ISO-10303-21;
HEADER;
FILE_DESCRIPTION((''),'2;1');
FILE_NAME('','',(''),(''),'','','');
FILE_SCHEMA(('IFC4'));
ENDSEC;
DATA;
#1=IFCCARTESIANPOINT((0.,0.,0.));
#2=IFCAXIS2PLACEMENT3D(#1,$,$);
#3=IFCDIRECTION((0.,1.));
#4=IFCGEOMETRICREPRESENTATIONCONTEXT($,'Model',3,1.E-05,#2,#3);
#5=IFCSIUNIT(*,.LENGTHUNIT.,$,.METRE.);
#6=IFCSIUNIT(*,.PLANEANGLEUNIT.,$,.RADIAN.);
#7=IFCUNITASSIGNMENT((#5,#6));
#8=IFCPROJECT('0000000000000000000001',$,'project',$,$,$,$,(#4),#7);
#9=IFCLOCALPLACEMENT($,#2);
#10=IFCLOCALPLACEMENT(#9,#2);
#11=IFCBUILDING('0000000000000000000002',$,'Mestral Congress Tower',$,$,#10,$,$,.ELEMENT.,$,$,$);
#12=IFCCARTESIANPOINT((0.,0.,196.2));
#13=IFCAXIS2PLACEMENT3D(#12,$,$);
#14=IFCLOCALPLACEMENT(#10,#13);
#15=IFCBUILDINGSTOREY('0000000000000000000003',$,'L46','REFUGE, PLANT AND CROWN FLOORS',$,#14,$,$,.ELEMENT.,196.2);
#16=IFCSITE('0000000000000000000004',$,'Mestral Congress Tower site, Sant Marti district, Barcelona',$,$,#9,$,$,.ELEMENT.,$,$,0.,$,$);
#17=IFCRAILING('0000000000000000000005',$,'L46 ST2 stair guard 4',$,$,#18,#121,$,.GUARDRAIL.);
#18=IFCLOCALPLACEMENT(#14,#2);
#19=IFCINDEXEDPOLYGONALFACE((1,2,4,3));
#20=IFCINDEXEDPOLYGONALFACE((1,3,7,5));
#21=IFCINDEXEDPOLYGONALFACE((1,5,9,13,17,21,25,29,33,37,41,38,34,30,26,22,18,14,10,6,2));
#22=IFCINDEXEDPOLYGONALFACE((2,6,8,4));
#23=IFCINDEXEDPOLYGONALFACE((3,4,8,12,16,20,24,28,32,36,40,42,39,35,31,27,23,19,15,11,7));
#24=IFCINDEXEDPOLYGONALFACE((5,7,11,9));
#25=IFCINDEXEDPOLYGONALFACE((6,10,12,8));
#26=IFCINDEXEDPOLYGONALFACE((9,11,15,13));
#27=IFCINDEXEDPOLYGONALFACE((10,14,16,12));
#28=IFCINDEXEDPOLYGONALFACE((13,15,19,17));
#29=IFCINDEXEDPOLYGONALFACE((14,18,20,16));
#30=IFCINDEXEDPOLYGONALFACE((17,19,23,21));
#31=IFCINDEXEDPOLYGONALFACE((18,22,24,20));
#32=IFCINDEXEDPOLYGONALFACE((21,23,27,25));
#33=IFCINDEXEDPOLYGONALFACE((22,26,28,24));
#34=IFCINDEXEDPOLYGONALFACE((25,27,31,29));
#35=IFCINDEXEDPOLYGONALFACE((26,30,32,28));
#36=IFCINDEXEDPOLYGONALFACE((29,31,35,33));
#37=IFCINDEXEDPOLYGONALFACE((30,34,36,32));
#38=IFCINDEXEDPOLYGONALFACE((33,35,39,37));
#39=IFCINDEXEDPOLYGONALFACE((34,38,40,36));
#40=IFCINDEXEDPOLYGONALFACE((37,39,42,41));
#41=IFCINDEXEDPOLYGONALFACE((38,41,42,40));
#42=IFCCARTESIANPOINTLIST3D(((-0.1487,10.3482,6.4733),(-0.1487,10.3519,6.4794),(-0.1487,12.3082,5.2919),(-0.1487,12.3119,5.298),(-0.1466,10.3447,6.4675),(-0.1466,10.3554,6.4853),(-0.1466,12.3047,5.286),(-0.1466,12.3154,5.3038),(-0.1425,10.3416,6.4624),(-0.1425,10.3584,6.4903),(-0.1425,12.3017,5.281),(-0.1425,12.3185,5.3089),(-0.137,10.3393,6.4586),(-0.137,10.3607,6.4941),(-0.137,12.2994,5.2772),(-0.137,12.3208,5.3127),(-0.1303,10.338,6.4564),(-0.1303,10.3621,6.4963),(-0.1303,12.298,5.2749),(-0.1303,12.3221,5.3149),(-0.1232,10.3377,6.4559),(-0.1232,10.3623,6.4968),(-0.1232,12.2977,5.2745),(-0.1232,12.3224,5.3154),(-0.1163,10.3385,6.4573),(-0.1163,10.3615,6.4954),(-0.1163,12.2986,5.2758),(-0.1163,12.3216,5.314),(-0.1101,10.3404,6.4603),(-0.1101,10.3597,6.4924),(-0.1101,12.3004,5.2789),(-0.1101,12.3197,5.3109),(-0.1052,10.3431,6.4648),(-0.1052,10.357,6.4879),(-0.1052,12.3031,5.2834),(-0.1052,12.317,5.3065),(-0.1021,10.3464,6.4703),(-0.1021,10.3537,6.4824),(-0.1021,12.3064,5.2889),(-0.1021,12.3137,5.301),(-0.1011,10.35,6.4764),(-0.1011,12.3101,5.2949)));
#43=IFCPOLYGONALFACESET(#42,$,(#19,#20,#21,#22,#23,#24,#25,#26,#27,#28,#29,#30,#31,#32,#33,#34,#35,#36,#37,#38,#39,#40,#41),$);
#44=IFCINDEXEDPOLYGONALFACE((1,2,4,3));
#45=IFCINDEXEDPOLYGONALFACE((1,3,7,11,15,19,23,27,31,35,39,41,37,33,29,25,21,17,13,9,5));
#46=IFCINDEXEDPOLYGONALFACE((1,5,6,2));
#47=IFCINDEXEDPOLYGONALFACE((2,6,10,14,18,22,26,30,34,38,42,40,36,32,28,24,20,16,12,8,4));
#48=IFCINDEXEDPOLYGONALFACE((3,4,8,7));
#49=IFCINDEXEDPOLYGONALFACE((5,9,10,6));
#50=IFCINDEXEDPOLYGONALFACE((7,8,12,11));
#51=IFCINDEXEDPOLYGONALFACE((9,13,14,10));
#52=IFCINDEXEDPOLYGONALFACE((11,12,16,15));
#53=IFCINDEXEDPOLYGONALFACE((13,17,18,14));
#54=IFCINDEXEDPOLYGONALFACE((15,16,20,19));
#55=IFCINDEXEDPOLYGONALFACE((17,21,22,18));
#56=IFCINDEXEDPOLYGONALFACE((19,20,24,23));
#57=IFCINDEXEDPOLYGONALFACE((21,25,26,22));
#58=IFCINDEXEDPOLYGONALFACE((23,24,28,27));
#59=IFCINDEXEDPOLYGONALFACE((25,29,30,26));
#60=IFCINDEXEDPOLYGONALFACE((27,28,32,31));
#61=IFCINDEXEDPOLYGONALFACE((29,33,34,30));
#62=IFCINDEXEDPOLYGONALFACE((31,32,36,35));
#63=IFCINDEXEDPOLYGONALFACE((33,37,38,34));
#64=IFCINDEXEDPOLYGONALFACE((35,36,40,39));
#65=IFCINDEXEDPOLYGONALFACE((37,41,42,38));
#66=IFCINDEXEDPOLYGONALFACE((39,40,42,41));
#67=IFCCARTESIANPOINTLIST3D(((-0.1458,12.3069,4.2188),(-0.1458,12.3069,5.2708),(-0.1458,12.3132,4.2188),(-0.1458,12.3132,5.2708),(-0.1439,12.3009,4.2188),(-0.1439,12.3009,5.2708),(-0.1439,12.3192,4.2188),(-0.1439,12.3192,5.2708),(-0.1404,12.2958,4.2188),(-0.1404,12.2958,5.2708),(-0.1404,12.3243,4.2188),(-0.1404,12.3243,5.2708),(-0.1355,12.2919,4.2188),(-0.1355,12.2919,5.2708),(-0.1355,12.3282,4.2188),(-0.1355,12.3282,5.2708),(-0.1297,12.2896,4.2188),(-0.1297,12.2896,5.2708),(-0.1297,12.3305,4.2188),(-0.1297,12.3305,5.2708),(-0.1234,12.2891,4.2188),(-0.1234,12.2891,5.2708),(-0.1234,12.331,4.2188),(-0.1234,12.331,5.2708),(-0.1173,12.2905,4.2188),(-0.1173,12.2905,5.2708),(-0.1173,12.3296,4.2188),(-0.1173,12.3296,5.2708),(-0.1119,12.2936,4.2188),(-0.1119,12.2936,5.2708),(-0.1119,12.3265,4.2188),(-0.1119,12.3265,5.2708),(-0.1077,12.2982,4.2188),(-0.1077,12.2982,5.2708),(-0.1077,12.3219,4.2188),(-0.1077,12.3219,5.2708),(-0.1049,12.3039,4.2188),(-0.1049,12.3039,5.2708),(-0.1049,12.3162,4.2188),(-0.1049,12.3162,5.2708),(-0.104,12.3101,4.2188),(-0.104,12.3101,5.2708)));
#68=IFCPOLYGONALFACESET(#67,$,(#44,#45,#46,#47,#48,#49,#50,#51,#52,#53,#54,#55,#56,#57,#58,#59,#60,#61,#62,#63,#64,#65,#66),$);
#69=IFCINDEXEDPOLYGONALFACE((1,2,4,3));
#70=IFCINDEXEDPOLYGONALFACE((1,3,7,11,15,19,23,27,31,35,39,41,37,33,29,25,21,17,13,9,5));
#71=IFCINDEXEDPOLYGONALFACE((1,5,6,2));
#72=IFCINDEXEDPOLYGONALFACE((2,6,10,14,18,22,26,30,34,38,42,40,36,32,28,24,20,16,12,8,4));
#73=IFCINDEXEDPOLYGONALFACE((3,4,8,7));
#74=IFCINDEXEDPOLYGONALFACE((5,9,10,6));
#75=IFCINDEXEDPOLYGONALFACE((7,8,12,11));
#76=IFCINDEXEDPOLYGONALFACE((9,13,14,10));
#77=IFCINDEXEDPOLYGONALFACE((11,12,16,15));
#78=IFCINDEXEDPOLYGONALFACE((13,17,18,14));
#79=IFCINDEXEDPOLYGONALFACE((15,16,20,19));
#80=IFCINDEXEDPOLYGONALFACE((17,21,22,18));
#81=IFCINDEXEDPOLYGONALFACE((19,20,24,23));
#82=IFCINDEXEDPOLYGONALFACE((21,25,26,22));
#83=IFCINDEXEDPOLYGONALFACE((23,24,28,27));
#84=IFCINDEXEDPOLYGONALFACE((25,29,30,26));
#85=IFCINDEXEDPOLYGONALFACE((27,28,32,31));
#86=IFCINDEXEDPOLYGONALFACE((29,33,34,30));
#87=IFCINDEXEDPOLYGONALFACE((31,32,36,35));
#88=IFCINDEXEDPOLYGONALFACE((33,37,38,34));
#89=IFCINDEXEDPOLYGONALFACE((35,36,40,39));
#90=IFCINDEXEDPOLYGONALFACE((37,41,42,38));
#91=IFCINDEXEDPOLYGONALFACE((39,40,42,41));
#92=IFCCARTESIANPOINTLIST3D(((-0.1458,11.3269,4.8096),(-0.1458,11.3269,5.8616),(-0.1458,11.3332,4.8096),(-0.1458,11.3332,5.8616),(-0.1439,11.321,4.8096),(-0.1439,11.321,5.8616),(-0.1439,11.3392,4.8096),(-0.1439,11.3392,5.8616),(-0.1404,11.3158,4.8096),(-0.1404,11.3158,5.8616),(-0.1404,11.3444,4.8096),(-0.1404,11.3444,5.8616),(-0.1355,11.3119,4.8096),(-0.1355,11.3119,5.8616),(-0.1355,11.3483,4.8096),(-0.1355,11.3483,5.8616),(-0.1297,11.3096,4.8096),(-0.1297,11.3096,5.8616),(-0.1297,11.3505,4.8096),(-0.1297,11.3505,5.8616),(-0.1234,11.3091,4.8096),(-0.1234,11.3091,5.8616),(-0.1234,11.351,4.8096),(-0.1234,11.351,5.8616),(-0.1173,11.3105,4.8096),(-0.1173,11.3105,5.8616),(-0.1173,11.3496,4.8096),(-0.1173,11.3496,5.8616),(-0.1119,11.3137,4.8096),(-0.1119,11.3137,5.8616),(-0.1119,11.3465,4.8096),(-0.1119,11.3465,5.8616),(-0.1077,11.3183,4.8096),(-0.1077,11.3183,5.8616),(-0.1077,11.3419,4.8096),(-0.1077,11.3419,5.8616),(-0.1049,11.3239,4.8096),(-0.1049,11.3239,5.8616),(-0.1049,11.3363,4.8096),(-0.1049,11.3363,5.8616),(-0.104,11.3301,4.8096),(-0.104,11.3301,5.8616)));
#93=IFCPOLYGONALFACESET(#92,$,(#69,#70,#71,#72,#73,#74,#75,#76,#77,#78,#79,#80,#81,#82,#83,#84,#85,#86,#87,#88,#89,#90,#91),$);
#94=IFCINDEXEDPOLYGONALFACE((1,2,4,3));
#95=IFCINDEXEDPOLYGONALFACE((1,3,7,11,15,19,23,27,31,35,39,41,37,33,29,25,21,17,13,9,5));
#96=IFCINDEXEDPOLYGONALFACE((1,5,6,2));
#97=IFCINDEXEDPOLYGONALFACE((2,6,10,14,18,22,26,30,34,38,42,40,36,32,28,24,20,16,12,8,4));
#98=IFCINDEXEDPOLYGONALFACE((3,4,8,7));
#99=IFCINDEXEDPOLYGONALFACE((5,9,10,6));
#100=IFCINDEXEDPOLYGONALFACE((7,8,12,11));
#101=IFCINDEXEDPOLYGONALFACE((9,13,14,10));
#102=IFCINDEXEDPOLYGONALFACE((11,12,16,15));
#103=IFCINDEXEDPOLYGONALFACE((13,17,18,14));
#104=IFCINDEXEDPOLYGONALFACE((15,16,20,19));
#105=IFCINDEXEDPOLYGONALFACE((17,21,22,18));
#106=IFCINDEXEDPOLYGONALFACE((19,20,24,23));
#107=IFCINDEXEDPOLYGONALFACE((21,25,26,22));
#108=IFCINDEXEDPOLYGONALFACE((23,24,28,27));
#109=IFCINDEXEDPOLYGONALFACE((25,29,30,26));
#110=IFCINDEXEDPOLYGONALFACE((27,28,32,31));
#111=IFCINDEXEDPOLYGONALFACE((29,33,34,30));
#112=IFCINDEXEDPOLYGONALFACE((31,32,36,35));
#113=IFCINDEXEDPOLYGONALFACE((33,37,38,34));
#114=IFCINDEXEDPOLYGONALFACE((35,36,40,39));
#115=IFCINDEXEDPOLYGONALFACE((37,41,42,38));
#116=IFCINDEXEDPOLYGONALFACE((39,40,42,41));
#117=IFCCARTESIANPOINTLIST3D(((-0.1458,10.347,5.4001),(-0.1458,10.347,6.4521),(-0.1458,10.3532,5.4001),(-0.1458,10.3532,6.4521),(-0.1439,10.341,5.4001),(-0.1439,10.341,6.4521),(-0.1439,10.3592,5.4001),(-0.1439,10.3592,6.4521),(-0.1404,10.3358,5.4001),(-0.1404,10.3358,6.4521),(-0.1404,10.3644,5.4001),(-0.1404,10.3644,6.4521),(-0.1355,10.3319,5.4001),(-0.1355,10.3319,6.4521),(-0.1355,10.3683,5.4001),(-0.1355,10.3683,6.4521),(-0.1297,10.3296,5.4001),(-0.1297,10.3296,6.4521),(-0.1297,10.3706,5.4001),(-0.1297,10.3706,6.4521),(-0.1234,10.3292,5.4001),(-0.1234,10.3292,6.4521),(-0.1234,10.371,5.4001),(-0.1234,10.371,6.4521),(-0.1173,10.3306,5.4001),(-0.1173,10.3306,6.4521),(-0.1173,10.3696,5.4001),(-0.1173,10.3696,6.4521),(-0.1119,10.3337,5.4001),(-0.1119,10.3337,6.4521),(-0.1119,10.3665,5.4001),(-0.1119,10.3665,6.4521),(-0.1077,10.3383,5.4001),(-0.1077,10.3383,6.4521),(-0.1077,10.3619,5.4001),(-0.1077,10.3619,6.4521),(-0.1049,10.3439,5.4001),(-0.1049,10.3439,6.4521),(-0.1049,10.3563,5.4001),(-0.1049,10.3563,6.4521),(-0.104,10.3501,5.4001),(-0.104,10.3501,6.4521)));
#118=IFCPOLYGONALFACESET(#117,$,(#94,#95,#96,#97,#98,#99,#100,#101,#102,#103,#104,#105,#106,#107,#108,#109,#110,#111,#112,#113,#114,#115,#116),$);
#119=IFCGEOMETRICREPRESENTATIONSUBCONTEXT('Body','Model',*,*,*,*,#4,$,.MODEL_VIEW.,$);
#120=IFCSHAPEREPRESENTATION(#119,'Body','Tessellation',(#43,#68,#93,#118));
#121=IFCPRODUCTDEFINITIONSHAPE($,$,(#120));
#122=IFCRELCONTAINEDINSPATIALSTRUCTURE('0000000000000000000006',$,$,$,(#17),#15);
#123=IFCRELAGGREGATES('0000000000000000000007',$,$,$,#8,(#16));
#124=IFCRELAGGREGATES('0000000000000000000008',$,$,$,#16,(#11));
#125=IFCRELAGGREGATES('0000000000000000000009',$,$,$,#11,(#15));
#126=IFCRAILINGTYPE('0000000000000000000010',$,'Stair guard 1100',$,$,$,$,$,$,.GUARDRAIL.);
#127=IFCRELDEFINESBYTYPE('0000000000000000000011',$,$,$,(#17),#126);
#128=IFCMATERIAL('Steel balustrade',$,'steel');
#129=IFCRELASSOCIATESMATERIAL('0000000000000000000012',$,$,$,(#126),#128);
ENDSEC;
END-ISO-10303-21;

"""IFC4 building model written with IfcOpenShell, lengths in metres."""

from ifc_helpers import new_model, si_unit, direction, frame, origin, origin_2d, place, context, subcontext, project, spatial, circle, extrude, material, type_object, element, save


model = new_model("IFC4")

# Units and contexts
model_context = context("Model", 3, precision=1e-05, world=origin(), true_north=direction((0.0, 1.0)))
body_context = subcontext(model_context, "Body", "Model", "MODEL_VIEW")
ifc_project = project(units=[si_unit("LENGTHUNIT", "METRE"), si_unit("PLANEANGLEUNIT", "RADIAN")], contexts=[model_context])

# Site, building, storey
site_placement = place(None, origin())
site = spatial("IfcSite", under=ifc_project, at=site_placement, Name="Mestral Congress Tower site, Sant Marti district, Barcelona", CompositionType="ELEMENT", RefElevation=0.0)
building_placement = place(site_placement, origin())
building = spatial("IfcBuilding", under=site, at=building_placement, Name="Mestral Congress Tower", CompositionType="ELEMENT")
storey_placement = place(building_placement, frame((0.0, 0.0, 196.2)))
storey = spatial("IfcBuildingStorey", under=building, at=storey_placement, Name="L46", Description="REFUGE, PLANT AND CROWN FLOORS", CompositionType="ELEMENT", Elevation=196.2)

# Railing
ifc_material_1 = material(Name="Steel balustrade", Category="steel")
railing_type = type_object("IfcRailingType", Name="Stair guard 1100", PredefinedType="GUARDRAIL", material=ifc_material_1)
railing_1_placement = place(storey_placement, frame((-0.125, 12.3101, 4.2188)))
element("IfcRailing", 1, at=railing_1_placement, inside=storey, type_object=railing_type, Name="L46 ST2 stair guard 4", PredefinedType="GUARDRAIL", context=body_context, shape_type="SweptSolid", body=[
    extrude(circle(Radius=0.0239, at=origin_2d()), frame((0.0, 0.0, 1.0762), z_axis=(0.0, -0.856446, 0.516236), x_axis=(1.0, 0.0, 0.0)), (0.0, 0.0, 1.0), 2.2886),
    extrude(circle(Radius=0.021, at=origin_2d()), origin(), (0.0, 0.0, 1.0), 1.052),
    extrude(circle(Radius=0.021, at=origin_2d()), frame((0.0, -0.98, 0.5908)), (0.0, 0.0, 1.0), 1.052),
    extrude(circle(Radius=0.021, at=origin_2d()), frame((0.0, -1.96, 1.1814)), (0.0, 0.0, 1.0), 1.052),
])

save(model, "model.ifc")
